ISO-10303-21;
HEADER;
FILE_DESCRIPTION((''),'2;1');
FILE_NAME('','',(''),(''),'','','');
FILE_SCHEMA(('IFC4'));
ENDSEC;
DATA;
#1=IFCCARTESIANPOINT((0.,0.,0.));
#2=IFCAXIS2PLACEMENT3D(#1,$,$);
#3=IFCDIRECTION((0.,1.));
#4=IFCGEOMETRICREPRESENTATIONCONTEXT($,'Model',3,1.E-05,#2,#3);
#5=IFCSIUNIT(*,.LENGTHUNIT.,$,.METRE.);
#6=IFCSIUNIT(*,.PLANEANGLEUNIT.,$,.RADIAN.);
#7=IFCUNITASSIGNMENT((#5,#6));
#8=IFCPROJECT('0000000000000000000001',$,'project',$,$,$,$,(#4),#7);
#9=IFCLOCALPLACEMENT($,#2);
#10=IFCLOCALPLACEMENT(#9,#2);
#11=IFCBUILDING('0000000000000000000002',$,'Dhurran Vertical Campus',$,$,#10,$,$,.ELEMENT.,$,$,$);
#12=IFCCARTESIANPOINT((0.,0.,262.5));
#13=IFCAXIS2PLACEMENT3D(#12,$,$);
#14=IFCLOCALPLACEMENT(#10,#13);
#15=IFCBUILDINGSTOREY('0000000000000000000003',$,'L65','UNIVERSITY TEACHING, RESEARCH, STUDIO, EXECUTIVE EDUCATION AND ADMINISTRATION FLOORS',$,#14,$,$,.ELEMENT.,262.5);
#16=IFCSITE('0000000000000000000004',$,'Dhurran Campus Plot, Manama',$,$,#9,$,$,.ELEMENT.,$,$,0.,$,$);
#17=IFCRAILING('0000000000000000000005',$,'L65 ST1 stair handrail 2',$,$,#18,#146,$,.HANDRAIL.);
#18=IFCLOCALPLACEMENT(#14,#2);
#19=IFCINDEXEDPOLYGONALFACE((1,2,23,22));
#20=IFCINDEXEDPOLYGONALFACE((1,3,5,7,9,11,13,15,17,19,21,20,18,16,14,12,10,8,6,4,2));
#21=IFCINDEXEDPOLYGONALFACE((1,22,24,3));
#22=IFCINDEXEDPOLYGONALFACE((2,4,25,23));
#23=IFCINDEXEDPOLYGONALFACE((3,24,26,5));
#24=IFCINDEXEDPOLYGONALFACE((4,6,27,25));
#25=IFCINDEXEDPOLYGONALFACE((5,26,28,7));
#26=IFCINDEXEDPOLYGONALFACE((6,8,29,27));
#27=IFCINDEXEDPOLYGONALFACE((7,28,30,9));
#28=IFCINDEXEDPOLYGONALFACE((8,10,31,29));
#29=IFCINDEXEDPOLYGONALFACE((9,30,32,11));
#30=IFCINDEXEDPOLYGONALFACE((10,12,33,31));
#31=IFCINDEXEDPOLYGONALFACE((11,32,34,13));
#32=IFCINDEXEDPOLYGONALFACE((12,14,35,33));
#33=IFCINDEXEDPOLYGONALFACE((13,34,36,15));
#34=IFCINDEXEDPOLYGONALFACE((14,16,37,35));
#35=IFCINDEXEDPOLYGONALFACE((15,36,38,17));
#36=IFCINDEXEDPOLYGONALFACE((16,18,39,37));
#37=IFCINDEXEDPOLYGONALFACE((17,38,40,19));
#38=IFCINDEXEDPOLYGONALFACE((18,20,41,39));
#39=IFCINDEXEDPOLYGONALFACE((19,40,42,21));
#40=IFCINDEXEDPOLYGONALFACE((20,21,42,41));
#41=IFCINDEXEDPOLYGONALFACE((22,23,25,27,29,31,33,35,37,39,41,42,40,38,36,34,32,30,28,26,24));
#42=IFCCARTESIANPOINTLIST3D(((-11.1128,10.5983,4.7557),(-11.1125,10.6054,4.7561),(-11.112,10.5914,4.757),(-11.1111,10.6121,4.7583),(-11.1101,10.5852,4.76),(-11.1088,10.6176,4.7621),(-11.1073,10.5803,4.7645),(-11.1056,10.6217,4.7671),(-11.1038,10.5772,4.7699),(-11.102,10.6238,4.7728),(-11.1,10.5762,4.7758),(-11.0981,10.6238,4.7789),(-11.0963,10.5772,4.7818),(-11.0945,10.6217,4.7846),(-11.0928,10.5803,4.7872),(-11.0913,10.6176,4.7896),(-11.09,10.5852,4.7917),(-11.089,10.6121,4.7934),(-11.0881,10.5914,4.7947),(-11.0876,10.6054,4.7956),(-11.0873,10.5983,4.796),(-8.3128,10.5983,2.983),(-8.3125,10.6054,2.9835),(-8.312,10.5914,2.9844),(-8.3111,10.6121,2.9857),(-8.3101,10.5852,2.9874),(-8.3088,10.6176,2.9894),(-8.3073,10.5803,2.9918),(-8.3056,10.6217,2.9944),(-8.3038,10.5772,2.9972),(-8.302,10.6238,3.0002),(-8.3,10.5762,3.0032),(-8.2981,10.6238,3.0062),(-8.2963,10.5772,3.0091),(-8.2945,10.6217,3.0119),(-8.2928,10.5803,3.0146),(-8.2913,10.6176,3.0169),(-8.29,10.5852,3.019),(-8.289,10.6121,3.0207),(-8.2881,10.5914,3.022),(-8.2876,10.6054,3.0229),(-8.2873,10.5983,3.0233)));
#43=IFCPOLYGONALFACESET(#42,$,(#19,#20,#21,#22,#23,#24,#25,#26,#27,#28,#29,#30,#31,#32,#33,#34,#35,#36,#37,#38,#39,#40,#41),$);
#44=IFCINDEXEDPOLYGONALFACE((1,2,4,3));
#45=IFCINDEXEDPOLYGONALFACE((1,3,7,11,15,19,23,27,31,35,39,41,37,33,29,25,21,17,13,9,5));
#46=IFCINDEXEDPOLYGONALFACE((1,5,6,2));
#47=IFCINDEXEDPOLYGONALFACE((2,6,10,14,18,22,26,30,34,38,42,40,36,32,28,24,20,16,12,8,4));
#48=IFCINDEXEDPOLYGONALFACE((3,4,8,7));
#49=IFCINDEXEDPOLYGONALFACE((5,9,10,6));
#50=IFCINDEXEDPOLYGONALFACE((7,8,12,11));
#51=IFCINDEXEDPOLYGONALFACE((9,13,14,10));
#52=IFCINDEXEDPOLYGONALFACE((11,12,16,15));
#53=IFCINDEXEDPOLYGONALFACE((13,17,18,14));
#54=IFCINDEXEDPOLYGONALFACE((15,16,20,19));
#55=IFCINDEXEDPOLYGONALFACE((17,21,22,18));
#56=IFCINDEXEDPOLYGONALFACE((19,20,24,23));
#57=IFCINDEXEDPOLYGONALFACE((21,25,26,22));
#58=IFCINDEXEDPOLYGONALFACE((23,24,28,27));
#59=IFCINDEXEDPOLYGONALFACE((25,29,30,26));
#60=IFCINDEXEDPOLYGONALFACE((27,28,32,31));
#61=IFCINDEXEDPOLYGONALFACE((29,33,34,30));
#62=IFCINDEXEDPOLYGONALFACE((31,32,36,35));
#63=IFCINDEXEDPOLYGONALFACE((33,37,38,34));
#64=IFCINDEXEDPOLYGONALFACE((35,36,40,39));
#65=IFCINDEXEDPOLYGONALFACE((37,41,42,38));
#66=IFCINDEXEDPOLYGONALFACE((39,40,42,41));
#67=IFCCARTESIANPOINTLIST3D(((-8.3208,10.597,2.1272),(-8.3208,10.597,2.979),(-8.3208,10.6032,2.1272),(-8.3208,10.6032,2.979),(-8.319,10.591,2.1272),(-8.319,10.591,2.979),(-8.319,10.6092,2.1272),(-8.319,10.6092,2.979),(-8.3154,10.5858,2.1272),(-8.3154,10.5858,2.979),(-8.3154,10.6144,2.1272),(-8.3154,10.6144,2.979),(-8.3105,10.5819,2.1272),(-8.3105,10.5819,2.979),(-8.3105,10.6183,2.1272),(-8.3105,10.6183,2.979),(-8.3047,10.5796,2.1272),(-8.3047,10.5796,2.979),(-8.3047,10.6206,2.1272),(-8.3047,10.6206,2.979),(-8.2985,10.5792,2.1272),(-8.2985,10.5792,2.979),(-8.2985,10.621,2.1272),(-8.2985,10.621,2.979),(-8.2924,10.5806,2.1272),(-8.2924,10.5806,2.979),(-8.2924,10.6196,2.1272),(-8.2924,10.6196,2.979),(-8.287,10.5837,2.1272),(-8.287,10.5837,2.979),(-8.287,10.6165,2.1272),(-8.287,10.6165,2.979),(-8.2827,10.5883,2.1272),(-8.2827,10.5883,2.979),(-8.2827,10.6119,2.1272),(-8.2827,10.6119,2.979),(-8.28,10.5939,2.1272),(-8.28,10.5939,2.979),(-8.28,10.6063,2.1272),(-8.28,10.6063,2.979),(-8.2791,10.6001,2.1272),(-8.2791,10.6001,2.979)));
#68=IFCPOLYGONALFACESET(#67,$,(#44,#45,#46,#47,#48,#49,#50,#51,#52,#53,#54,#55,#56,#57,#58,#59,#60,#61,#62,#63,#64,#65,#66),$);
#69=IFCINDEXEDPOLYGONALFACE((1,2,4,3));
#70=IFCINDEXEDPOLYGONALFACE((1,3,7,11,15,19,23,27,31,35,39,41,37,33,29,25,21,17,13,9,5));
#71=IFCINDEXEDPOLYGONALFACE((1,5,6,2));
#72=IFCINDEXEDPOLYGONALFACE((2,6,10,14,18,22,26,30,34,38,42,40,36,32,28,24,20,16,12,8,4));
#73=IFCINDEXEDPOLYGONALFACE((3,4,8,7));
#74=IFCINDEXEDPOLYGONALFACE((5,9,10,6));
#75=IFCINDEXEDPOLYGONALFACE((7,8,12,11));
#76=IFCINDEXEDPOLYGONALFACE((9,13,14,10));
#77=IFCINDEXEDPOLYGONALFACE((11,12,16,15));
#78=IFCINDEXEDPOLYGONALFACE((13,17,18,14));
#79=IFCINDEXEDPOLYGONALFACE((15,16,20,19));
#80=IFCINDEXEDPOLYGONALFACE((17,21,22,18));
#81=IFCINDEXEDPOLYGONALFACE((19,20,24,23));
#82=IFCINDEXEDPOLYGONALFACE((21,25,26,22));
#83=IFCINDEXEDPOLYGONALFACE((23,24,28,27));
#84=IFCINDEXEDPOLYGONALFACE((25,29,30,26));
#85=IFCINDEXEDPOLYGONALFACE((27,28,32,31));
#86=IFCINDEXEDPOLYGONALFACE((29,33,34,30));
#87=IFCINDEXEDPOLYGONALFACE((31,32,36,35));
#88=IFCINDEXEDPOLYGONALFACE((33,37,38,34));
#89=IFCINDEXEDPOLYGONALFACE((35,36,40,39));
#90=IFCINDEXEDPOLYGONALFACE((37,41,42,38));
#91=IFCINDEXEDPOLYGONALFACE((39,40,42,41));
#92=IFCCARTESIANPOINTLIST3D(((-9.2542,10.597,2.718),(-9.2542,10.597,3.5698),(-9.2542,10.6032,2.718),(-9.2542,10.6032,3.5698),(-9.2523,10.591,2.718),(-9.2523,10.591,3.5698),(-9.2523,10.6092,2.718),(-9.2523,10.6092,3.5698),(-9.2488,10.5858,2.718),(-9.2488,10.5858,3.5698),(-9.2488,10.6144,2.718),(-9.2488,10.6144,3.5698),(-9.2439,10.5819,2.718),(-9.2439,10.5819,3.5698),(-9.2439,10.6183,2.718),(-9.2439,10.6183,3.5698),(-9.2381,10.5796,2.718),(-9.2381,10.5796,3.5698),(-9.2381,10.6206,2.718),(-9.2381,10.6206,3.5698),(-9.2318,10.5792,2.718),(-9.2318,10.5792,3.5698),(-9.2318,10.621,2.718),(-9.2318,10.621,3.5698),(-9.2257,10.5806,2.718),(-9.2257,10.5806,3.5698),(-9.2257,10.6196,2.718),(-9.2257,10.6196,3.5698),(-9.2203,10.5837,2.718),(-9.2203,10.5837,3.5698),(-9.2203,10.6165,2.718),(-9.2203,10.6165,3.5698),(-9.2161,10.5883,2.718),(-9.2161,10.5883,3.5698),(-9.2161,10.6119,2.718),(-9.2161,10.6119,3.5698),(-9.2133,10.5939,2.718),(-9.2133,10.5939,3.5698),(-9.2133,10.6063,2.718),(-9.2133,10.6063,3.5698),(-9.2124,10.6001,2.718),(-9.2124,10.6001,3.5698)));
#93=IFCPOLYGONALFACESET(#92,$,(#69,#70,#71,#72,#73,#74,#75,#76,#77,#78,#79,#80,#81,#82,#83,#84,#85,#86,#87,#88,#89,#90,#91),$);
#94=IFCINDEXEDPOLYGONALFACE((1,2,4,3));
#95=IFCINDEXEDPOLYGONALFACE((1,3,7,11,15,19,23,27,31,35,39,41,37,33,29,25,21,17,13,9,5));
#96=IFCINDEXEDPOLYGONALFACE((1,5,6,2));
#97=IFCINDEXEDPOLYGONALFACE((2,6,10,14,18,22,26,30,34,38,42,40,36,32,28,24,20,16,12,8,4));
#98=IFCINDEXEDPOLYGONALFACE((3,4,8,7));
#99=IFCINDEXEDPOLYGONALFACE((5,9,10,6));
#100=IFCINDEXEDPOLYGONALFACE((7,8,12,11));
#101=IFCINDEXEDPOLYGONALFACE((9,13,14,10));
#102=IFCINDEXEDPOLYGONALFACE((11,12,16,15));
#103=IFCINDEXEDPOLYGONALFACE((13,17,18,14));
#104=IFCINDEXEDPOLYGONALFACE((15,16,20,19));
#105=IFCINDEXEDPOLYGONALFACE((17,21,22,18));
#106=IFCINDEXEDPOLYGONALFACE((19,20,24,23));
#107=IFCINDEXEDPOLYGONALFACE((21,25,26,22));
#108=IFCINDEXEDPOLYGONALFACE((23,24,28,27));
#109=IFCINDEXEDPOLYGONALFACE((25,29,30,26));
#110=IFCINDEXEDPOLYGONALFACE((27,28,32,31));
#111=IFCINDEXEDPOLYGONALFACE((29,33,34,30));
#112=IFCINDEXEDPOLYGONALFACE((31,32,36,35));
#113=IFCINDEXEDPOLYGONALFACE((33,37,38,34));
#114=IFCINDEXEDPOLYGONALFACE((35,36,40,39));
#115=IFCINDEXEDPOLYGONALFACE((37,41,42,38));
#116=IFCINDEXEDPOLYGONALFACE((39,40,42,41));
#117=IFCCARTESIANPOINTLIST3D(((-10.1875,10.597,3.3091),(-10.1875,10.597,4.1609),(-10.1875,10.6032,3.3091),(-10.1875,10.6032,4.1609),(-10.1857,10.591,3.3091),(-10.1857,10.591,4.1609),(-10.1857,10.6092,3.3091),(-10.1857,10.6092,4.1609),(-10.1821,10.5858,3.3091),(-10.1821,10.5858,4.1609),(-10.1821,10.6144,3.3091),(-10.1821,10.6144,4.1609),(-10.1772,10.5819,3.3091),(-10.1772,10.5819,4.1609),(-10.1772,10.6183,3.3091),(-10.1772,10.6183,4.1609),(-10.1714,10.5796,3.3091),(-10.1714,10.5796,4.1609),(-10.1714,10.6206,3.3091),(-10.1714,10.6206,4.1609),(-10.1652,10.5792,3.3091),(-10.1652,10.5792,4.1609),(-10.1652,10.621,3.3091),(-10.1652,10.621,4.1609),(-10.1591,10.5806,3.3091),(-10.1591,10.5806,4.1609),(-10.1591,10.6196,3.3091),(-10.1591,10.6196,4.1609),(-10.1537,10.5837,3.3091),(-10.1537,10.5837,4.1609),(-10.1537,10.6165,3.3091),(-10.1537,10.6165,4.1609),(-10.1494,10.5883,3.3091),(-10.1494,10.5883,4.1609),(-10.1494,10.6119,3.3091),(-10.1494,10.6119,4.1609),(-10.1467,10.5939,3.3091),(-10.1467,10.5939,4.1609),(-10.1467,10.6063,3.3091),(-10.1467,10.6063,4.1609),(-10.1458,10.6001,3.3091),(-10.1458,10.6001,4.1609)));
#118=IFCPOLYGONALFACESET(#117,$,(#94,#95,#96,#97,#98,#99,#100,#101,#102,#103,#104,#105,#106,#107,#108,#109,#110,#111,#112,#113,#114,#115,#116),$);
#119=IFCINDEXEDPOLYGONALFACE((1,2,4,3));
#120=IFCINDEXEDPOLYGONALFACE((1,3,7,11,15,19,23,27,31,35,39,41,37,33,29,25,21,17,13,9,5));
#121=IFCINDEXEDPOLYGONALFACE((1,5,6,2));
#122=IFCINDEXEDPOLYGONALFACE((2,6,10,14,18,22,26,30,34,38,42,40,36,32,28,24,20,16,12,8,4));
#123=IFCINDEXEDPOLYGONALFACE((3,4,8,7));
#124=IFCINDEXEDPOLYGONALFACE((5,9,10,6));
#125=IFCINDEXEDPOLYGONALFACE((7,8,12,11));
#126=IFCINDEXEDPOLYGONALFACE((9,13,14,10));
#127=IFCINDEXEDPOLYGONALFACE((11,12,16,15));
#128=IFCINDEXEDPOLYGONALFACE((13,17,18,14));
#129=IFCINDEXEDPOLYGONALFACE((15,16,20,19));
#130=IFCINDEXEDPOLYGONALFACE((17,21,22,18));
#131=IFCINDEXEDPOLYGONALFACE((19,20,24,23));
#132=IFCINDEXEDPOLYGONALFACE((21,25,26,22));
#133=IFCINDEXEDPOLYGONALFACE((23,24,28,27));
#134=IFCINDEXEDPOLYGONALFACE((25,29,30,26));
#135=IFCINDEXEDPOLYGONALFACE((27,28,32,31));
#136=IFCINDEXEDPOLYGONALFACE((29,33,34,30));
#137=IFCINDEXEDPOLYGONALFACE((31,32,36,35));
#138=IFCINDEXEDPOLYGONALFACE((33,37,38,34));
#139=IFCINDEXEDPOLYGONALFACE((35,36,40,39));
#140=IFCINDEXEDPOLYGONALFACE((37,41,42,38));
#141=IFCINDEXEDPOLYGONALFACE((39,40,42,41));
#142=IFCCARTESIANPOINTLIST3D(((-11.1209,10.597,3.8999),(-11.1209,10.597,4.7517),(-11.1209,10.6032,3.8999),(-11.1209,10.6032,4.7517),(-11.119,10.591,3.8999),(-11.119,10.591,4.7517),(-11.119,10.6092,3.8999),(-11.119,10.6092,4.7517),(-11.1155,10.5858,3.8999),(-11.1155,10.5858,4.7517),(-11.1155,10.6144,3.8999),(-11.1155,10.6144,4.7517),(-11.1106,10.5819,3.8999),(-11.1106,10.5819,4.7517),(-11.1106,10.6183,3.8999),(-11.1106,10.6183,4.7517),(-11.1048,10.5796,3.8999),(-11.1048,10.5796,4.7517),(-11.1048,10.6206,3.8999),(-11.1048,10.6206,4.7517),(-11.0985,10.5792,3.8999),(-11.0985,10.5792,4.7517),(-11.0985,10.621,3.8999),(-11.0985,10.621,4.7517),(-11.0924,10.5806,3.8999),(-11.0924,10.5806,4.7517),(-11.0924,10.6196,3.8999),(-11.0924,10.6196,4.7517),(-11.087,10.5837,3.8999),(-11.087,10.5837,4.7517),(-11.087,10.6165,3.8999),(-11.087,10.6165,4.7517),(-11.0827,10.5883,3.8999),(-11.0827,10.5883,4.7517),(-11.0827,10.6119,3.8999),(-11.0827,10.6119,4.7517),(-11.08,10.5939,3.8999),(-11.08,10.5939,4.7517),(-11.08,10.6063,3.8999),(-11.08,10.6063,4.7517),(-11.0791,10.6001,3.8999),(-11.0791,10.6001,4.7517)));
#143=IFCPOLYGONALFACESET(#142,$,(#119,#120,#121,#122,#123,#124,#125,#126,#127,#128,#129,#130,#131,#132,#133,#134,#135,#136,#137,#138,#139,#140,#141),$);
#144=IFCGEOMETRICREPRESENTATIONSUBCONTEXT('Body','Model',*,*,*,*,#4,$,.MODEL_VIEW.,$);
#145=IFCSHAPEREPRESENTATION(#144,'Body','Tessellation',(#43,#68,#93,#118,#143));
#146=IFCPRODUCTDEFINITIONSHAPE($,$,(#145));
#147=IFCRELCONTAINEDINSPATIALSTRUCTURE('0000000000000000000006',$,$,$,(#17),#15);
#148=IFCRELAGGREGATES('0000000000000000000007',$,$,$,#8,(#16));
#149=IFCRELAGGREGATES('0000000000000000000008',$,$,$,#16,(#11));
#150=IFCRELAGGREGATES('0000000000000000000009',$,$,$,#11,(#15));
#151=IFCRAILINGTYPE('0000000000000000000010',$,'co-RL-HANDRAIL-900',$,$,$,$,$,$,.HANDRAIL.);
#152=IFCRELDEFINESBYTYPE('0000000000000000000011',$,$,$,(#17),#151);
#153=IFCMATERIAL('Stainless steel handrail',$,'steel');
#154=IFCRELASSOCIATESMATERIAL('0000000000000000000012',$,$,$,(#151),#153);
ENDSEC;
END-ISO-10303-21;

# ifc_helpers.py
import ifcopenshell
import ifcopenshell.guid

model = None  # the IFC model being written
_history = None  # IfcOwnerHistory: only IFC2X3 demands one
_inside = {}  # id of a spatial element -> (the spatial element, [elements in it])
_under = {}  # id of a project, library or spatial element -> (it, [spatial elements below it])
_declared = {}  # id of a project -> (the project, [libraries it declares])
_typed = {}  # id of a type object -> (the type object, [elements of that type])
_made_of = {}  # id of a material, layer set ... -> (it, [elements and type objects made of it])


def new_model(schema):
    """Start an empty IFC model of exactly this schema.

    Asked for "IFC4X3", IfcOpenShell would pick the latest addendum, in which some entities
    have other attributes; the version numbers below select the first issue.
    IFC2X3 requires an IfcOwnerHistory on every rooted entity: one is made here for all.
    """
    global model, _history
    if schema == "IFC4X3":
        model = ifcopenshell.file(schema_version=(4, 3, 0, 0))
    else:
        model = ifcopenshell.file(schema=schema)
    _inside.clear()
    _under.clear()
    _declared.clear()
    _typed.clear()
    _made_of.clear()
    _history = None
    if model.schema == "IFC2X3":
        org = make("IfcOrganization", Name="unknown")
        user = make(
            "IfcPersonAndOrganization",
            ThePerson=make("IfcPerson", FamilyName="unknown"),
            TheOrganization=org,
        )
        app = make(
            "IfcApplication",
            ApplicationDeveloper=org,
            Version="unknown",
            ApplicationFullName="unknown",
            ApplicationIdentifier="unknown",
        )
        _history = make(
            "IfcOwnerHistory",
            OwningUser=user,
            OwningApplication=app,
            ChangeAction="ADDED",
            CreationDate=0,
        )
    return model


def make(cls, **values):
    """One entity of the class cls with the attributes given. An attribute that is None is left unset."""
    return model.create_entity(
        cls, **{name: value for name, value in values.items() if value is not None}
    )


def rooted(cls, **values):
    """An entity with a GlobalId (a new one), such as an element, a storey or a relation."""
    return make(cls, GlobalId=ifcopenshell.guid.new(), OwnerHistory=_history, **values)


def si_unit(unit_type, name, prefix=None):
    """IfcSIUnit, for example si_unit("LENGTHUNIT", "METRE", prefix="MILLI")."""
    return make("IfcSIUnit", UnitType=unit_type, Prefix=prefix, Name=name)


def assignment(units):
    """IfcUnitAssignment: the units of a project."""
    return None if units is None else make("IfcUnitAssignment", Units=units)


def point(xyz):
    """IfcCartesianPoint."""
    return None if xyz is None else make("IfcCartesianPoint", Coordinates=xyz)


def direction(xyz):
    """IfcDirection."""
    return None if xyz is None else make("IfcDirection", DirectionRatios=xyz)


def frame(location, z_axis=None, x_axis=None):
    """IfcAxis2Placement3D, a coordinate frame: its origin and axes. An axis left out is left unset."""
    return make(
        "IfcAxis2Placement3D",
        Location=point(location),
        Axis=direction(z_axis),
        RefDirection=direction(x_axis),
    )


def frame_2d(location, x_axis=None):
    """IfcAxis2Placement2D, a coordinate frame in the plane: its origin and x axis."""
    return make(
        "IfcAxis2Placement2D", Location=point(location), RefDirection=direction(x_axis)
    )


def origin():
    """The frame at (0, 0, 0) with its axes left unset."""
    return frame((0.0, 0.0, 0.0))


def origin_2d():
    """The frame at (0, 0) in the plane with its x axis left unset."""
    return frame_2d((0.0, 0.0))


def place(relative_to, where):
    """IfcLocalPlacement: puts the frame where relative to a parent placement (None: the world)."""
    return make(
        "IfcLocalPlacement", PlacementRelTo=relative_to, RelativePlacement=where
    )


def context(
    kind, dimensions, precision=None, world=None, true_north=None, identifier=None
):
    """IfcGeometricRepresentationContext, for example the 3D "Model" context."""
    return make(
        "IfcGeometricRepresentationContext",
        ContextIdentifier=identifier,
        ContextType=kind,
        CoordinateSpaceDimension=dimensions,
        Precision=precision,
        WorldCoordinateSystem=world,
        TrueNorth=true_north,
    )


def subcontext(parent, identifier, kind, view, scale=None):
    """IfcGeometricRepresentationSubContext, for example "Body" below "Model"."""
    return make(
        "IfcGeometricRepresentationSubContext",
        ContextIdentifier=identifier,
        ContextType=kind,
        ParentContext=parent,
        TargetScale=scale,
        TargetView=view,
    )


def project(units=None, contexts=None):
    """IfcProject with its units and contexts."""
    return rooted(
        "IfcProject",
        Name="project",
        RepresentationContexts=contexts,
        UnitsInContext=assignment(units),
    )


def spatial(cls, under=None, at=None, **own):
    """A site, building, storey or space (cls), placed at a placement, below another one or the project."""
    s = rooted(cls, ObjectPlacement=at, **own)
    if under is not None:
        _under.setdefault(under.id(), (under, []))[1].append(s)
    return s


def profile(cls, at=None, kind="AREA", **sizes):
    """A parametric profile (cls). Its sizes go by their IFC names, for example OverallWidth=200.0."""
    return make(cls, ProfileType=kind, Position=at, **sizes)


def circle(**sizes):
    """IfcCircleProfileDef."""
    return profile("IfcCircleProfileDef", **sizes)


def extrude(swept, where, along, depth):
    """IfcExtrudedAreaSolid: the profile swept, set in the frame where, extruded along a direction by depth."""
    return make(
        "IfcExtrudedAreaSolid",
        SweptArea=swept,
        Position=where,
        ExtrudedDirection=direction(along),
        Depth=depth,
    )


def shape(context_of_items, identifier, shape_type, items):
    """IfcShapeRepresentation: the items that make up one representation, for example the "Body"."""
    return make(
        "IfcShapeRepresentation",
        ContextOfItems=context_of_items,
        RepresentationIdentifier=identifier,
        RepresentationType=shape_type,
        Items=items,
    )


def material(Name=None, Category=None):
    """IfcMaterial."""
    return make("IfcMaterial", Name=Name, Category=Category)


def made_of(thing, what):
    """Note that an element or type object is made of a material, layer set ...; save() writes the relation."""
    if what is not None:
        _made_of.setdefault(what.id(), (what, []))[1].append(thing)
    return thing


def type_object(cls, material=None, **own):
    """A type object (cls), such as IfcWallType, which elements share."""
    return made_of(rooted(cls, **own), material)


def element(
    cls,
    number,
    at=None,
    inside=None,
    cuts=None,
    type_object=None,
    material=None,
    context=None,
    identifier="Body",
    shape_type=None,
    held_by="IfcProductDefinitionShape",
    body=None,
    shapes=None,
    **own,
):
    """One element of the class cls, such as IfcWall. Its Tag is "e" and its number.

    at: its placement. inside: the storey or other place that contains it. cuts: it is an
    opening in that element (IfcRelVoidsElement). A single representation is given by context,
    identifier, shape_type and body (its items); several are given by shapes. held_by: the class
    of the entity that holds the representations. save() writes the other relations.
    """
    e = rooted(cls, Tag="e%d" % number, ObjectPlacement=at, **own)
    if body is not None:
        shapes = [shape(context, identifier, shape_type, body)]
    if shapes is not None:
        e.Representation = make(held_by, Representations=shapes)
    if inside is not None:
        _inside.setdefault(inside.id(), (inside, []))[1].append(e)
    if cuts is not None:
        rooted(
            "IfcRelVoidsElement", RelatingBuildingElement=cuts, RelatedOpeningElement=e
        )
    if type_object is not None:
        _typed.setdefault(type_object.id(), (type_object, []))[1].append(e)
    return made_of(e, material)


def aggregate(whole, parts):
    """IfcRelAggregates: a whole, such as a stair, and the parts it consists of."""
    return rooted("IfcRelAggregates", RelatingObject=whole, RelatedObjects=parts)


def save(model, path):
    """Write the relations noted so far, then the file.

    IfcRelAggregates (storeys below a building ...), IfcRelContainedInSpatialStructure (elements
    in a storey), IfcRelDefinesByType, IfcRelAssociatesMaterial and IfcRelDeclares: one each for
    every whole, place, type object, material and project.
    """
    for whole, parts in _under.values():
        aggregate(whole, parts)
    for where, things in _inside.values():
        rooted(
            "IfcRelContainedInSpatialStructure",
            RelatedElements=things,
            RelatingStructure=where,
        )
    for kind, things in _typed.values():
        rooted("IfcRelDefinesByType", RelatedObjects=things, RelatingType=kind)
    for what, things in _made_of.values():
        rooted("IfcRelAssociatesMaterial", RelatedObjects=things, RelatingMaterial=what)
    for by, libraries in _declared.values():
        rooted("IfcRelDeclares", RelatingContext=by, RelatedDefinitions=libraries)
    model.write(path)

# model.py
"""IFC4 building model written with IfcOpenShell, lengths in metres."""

from ifc_helpers import new_model, si_unit, direction, frame, origin, origin_2d, place, context, subcontext, project, spatial, circle, extrude, material, type_object, element, save


model = new_model("IFC4")

# Units and contexts
model_context = context("Model", 3, precision=1e-05, world=origin(), true_north=direction((0.0, 1.0)))
body_context = subcontext(model_context, "Body", "Model", "MODEL_VIEW")
ifc_project = project(units=[si_unit("LENGTHUNIT", "METRE"), si_unit("PLANEANGLEUNIT", "RADIAN")], contexts=[model_context])

# Site, building, storey
site_placement = place(None, origin())
site = spatial("IfcSite", under=ifc_project, at=site_placement, Name="Dhurran Campus Plot, Manama", CompositionType="ELEMENT", RefElevation=0.0)
building_placement = place(site_placement, origin())
building = spatial("IfcBuilding", under=site, at=building_placement, Name="Dhurran Vertical Campus", CompositionType="ELEMENT")
storey_placement = place(building_placement, frame((0.0, 0.0, 262.5)))
storey = spatial("IfcBuildingStorey", under=building, at=storey_placement, Name="L65", Description="UNIVERSITY TEACHING, RESEARCH, STUDIO, EXECUTIVE EDUCATION AND ADMINISTRATION FLOORS", CompositionType="ELEMENT", Elevation=262.5)

# Railing
ifc_material_1 = material(Name="Stainless steel handrail", Category="steel")
railing_type_1 = type_object("IfcRailingType", Name="co-RL-HANDRAIL-900", PredefinedType="HANDRAIL", material=ifc_material_1)
railing_1_placement = place(storey_placement, frame((-8.3, 10.6001, 2.1272)))
element("IfcRailing", 1, at=railing_1_placement, inside=storey, type_object=railing_type_1, Name="L65 ST1 stair handrail 2", PredefinedType="HANDRAIL", context=body_context, shape_type="SweptSolid", body=[
    extrude(circle(Radius=0.0239, at=origin_2d()), frame((0.0, 0.0, 0.876), z_axis=(-0.844909, 0.0, 0.53491), x_axis=(0.0, -1.0, 0.0)), (0.0, 0.0, 1.0), 3.314),
    extrude(circle(Radius=0.021, at=origin_2d()), origin(), (0.0, 0.0, 1.0), 0.8518),
    extrude(circle(Radius=0.021, at=origin_2d()), frame((-0.9333, 0.0, 0.5908)), (0.0, 0.0, 1.0), 0.8518),
    extrude(circle(Radius=0.021, at=origin_2d()), frame((-1.8667, 0.0, 1.1819)), (0.0, 0.0, 1.0), 0.8518),
    extrude(circle(Radius=0.021, at=origin_2d()), frame((-2.8, 0.0, 1.7727)), (0.0, 0.0, 1.0), 0.8518),
])

save(model, "model.ifc")
